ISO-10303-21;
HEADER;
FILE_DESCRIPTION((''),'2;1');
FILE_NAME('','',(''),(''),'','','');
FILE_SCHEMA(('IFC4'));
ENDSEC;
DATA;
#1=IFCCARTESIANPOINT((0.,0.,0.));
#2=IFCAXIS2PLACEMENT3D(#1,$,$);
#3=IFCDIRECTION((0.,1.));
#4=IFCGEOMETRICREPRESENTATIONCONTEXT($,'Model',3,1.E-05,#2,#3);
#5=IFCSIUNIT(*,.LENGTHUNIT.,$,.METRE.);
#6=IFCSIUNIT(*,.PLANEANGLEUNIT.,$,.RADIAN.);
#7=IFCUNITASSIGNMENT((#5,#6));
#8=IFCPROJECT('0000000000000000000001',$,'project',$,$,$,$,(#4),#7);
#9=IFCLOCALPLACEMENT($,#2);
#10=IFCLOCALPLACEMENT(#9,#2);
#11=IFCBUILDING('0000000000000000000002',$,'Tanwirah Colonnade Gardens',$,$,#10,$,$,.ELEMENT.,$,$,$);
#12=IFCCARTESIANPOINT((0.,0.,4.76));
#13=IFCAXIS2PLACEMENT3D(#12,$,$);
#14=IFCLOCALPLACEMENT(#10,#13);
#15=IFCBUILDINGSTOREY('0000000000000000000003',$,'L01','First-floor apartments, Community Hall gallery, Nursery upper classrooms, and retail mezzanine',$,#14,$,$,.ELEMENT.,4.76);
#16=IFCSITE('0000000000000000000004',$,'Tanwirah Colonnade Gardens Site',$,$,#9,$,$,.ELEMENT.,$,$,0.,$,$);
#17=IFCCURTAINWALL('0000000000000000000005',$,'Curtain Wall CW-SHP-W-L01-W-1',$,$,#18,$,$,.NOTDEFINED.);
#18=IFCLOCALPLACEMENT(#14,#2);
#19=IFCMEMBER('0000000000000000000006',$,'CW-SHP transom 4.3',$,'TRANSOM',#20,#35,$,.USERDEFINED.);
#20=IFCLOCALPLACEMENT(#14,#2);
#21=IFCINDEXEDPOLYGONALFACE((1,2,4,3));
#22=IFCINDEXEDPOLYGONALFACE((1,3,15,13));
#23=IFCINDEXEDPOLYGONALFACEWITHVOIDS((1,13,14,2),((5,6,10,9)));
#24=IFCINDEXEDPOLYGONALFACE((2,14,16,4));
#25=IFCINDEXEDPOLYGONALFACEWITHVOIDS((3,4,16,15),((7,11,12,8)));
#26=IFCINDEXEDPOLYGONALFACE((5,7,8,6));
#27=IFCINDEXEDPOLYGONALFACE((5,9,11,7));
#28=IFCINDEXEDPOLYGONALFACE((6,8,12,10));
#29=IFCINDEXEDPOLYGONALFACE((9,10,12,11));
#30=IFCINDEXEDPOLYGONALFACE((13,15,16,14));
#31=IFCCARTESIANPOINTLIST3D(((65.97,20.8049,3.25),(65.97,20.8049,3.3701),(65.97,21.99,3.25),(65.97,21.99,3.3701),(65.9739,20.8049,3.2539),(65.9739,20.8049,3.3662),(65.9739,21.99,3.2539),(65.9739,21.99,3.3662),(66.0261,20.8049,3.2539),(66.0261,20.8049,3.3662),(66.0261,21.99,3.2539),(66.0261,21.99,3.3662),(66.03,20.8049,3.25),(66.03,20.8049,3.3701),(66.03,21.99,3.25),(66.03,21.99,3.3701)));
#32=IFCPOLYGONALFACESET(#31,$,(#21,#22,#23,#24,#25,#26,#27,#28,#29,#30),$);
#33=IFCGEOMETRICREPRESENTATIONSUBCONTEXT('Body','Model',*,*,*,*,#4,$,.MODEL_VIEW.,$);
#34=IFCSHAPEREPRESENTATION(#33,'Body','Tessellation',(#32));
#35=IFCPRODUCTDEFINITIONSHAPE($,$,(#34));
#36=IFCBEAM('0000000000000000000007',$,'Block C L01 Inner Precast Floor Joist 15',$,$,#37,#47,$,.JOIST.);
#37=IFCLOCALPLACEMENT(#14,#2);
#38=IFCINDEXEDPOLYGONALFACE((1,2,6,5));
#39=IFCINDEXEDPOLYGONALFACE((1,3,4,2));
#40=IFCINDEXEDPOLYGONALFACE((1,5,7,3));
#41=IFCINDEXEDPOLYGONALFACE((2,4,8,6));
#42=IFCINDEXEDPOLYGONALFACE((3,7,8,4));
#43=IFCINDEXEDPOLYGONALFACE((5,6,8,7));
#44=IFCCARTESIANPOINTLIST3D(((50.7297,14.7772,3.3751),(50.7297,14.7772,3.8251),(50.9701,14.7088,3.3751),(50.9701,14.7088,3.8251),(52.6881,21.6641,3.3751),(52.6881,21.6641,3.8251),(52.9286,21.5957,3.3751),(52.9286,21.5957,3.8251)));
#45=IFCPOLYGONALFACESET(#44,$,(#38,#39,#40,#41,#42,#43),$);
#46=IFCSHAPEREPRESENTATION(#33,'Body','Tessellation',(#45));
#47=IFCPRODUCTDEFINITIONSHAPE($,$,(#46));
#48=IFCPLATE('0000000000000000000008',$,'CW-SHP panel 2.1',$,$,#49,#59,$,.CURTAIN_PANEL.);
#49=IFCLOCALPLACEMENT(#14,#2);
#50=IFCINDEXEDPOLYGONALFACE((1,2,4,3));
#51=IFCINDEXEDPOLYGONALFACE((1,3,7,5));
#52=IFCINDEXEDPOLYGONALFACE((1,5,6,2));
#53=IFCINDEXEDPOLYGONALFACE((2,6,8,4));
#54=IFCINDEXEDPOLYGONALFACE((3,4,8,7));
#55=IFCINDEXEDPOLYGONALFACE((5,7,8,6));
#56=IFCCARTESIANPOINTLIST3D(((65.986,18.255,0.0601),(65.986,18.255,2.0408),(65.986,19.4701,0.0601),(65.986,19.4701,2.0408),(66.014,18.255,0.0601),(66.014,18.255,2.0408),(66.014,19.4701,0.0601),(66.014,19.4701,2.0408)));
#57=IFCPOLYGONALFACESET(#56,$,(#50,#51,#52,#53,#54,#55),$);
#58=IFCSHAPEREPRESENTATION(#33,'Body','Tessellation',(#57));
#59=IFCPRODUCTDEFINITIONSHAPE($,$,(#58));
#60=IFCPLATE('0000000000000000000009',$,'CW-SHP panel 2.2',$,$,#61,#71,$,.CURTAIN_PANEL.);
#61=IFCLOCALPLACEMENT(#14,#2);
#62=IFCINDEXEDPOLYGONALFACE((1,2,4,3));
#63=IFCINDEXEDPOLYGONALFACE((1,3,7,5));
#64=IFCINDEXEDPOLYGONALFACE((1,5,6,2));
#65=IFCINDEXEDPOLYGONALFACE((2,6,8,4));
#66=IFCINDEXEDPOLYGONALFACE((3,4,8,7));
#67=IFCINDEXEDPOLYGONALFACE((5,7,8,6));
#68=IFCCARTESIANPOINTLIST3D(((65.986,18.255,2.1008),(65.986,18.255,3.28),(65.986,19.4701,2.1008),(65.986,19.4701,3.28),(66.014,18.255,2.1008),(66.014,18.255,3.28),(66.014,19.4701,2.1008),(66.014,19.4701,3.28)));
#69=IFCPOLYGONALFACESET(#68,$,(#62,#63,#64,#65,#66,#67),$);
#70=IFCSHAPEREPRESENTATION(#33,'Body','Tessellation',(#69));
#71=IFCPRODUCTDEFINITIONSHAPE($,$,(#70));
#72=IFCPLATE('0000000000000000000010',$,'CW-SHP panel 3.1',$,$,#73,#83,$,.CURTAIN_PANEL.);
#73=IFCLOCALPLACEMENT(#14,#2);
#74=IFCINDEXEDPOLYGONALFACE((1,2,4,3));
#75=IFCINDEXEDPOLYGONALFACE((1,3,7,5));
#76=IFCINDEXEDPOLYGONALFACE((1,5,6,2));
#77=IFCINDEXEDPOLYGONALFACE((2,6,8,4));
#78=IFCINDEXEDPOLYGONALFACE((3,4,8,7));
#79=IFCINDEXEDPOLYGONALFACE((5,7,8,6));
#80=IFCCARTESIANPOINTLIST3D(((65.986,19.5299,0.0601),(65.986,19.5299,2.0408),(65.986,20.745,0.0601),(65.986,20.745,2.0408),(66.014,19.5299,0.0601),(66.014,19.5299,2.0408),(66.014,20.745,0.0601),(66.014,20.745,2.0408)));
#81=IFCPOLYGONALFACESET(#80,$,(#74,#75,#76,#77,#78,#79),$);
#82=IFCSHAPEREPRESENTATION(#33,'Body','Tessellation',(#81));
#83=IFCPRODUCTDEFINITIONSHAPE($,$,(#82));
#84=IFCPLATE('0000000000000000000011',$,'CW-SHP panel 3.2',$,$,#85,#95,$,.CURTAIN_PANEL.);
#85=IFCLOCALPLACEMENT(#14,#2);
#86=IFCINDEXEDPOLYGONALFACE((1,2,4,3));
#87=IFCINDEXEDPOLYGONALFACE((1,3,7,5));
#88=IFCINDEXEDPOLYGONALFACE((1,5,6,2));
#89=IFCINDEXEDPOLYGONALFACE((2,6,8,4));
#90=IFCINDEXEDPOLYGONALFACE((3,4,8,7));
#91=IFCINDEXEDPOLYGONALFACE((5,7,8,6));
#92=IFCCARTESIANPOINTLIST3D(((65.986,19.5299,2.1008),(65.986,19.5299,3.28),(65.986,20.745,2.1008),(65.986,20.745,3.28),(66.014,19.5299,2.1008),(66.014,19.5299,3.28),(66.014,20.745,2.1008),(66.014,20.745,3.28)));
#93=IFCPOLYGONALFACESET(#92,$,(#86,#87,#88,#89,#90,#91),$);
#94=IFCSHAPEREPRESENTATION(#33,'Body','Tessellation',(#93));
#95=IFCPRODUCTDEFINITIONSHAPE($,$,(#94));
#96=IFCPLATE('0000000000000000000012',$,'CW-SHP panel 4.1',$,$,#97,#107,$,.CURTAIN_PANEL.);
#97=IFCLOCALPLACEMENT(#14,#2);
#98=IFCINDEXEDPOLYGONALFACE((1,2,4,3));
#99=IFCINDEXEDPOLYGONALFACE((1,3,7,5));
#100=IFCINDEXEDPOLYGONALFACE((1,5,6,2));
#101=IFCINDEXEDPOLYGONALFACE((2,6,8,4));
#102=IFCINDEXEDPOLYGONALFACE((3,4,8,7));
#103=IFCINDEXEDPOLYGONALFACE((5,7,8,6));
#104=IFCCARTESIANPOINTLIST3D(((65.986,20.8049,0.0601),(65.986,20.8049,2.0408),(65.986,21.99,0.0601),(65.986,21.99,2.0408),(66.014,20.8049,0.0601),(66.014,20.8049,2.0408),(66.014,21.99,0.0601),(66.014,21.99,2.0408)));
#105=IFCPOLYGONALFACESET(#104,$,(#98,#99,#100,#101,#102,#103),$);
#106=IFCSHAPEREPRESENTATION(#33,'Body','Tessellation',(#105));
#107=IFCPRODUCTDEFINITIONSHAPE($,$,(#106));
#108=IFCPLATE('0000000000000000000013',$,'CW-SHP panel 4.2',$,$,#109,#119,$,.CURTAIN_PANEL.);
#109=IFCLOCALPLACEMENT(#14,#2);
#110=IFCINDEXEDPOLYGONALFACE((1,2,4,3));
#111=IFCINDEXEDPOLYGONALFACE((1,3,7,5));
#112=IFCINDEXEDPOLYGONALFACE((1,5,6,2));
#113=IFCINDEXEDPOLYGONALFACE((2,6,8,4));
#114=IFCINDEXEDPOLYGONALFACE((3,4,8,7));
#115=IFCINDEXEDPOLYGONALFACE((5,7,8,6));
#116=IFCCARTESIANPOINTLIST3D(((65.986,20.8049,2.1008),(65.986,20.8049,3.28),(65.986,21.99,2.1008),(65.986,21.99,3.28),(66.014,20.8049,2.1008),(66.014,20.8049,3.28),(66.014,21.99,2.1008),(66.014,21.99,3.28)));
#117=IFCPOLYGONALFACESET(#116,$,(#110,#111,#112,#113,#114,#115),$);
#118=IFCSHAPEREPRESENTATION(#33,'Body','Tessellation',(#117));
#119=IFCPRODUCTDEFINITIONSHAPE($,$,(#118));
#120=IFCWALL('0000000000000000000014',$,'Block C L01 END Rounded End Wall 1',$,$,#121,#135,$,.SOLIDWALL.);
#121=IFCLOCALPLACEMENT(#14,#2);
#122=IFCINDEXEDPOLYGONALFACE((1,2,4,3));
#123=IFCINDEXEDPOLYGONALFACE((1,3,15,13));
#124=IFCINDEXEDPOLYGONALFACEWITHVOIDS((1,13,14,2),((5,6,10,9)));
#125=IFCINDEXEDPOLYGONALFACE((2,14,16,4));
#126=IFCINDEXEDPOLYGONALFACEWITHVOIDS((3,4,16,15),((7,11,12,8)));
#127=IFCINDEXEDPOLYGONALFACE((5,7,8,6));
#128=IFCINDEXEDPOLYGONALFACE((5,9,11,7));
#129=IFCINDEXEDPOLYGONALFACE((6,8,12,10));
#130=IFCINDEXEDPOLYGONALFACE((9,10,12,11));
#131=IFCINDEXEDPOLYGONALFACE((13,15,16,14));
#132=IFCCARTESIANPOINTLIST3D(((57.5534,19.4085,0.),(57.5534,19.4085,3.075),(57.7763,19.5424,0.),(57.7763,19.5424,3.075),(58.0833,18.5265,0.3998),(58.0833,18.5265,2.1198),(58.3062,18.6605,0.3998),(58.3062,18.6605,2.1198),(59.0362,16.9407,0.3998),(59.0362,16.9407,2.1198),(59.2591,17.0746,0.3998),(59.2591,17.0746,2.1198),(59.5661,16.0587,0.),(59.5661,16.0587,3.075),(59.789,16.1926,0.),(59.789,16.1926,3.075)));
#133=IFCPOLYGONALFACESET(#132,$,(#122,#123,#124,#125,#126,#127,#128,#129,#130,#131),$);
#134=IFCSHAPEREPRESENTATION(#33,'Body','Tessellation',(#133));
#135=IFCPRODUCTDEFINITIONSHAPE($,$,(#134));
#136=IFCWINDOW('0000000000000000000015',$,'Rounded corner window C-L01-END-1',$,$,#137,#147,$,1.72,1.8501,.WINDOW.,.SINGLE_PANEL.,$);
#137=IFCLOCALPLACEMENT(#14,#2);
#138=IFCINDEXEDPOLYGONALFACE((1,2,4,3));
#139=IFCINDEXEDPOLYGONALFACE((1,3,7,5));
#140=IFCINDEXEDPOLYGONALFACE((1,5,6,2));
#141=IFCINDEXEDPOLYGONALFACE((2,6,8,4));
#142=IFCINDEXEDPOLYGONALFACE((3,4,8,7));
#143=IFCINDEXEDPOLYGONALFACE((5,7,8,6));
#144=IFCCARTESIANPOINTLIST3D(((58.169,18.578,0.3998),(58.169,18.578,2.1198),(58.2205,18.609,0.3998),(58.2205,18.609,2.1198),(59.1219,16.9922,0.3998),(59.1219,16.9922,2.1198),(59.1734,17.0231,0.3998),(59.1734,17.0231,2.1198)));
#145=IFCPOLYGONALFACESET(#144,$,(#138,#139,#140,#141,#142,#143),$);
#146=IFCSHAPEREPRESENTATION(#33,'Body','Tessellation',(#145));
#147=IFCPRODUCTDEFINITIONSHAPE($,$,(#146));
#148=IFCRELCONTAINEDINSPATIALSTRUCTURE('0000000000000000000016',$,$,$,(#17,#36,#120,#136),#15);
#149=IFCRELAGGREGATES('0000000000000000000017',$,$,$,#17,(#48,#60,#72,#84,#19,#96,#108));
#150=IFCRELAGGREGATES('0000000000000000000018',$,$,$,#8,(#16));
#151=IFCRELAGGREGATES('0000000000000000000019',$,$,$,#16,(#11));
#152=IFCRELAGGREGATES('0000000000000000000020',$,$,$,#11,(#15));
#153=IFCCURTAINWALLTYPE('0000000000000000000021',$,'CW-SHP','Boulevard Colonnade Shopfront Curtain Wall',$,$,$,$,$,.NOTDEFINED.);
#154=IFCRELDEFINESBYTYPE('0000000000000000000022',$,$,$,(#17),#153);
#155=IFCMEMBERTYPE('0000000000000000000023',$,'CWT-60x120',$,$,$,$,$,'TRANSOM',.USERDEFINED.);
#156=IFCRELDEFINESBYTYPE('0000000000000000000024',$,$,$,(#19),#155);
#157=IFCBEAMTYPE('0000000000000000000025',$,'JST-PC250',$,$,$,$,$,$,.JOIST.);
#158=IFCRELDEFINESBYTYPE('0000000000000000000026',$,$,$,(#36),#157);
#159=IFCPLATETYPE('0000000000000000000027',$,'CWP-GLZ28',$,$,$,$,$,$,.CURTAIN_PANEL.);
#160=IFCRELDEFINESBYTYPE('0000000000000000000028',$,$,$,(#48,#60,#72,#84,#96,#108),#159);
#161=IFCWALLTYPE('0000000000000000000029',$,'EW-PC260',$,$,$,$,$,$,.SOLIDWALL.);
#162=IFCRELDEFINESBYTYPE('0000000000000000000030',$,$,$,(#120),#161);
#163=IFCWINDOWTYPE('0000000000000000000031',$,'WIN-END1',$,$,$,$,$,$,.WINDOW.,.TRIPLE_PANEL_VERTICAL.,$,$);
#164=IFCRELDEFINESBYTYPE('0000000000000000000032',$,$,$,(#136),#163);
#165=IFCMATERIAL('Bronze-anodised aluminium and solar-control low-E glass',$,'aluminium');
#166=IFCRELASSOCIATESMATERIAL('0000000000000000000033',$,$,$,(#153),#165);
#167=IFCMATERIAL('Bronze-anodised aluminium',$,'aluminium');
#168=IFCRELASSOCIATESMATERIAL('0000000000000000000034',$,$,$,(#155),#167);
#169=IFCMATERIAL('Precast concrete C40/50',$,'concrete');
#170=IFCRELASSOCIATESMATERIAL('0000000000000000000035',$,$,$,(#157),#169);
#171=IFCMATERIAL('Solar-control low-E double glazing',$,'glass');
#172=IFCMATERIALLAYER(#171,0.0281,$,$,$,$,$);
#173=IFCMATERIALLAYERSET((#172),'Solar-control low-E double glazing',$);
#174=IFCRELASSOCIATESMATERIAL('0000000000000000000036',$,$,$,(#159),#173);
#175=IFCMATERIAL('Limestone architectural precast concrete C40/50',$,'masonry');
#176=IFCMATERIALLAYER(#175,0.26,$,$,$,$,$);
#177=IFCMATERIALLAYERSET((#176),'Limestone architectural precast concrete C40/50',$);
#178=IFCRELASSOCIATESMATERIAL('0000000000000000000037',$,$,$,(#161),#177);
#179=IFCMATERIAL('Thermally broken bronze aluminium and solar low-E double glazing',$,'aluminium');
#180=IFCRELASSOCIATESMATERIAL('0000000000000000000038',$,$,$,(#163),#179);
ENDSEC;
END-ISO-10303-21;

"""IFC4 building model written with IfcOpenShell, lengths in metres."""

from ifc_helpers import new_model, si_unit, direction, frame, frame_2d, origin, origin_2d, place, context, subcontext, project, spatial, rectangle, hollow_rectangle, extrude, material, layer, layer_set, material_profile, profile_set, type_object, element, fill, aggregate, save


model = new_model("IFC4")

# Units and contexts
model_context = context("Model", 3, precision=1e-05, world=origin(), true_north=direction((0.0, 1.0)))
body_context = subcontext(model_context, "Body", "Model", "MODEL_VIEW")
ifc_project = project(units=[si_unit("LENGTHUNIT", "METRE"), si_unit("PLANEANGLEUNIT", "RADIAN")], contexts=[model_context])

# Site, building, storey
site_placement = place(None, origin())
site = spatial("IfcSite", under=ifc_project, at=site_placement, Name="Tanwirah Colonnade Gardens Site", CompositionType="ELEMENT", RefElevation=0.0)
building_placement = place(site_placement, origin())
building = spatial("IfcBuilding", under=site, at=building_placement, Name="Tanwirah Colonnade Gardens", CompositionType="ELEMENT")
storey_placement = place(building_placement, frame((0.0, 0.0, 4.76)))
storey = spatial("IfcBuildingStorey", under=building, at=storey_placement, Name="L01", Description="First-floor apartments, Community Hall gallery, Nursery upper classrooms, and retail mezzanine", CompositionType="ELEMENT", Elevation=4.76)

# Shared definitions
ifc_material_1 = material(Name="Precast concrete C40/50", Category="concrete")

# Curtain wall
ifc_material_2 = material(Name="Bronze-anodised aluminium and solar-control low-E glass", Category="aluminium")
curtain_wall_type = type_object("IfcCurtainWallType", Name="CW-SHP", Description="Boulevard Colonnade Shopfront Curtain Wall", PredefinedType="NOTDEFINED", material=ifc_material_2)
curtain_wall_1_placement = place(storey_placement, origin())
curtain_wall_1 = element("IfcCurtainWall", 1, at=curtain_wall_1_placement, inside=storey, type_object=curtain_wall_type, Name="Curtain Wall CW-SHP-W-L01-W-1", PredefinedType="NOTDEFINED")
ifc_material_3 = material(Name="Bronze-anodised aluminium", Category="aluminium")

# Member
ifc_material_profile_1 = material_profile(ifc_material_3, hollow_rectangle(XDim=0.0601, YDim=0.1201, WallThickness=0.0039, at=origin_2d()), Name="CW-TRN 60x120x4")
ifc_profile_set_1 = profile_set([ifc_material_profile_1], Name="Bronze-anodised aluminium")
member_type_1 = type_object("IfcMemberType", Name="CWT-60x120", ElementType="TRANSOM", PredefinedType="USERDEFINED", material=ifc_profile_set_1)
member_1_placement = place(storey_placement, frame((66.0, 20.8049, 3.3101), z_axis=(0.0, 1.0, 0.0), x_axis=(-1.0, 0.0, 0.0)))
member_1 = element("IfcMember", 2, at=member_1_placement, type_object=member_type_1, Name="CW-SHP transom 4.3", ObjectType="TRANSOM", PredefinedType="USERDEFINED", context=body_context, shape_type="SweptSolid", body=[
    extrude(hollow_rectangle(XDim=0.0601, YDim=0.1201, WallThickness=0.0039, at=origin_2d()), origin(), (0.0, 0.0, 1.0), 1.1851),
])

# Beam
ifc_material_profile_2 = material_profile(ifc_material_1, rectangle(XDim=0.25, YDim=0.45, at=origin_2d()), Name="PC-JST 250x450")
ifc_profile_set_2 = profile_set([ifc_material_profile_2], Name="Precast concrete C40/50")
beam_type = type_object("IfcBeamType", Name="JST-PC250", PredefinedType="JOIST", material=ifc_profile_set_2)
beam_placement = place(storey_placement, frame((52.8083, 21.6299, 3.6001), z_axis=(-0.273532, -0.961863, 0.0), x_axis=(0.961863, -0.273532, 0.0)))
element("IfcBeam", 3, at=beam_placement, inside=storey, type_object=beam_type, Name="Block C L01 Inner Precast Floor Joist 15", PredefinedType="JOIST", context=body_context, shape_type="SweptSolid", body=[
    extrude(rectangle(XDim=0.25, YDim=0.45, at=origin_2d()), origin(), (0.0, 0.0, 1.0), 7.1599),
])

# Plates
ifc_material_4 = material(Name="Solar-control low-E double glazing", Category="glass")
ifc_layer_1 = layer(ifc_material_4, 0.0281)
ifc_layer_set_1 = layer_set([ifc_layer_1], Name="Solar-control low-E double glazing")
plate_type = type_object("IfcPlateType", Name="CWP-GLZ28", PredefinedType="CURTAIN_PANEL", material=ifc_layer_set_1)
plate_1_placement = place(storey_placement, frame((66.0, 18.8625, 0.0601), z_axis=(0.0, 0.0, 1.0), x_axis=(0.0, 1.0, 0.0)))
plate_1 = element("IfcPlate", 4, at=plate_1_placement, type_object=plate_type, Name="CW-SHP panel 2.1", PredefinedType="CURTAIN_PANEL", context=body_context, shape_type="SweptSolid", body=[
    extrude(rectangle(XDim=1.2151, YDim=0.0281, at=origin_2d()), origin(), (0.0, 0.0, 1.0), 1.9807),
])
plate_2_placement = place(storey_placement, frame((66.0, 18.8625, 2.1008), z_axis=(0.0, 0.0, 1.0), x_axis=(0.0, 1.0, 0.0)))
plate_2 = element("IfcPlate", 5, at=plate_2_placement, type_object=plate_type, Name="CW-SHP panel 2.2", PredefinedType="CURTAIN_PANEL", context=body_context, shape_type="SweptSolid", body=[
    extrude(rectangle(XDim=1.2151, YDim=0.0281, at=origin_2d()), origin(), (0.0, 0.0, 1.0), 1.1792),
])
plate_3_placement = place(storey_placement, frame((66.0, 20.1375, 0.0601), z_axis=(0.0, 0.0, 1.0), x_axis=(0.0, 1.0, 0.0)))
plate_3 = element("IfcPlate", 6, at=plate_3_placement, type_object=plate_type, Name="CW-SHP panel 3.1", PredefinedType="CURTAIN_PANEL", context=body_context, shape_type="SweptSolid", body=[
    extrude(rectangle(XDim=1.2151, YDim=0.0281, at=origin_2d()), origin(), (0.0, 0.0, 1.0), 1.9807),
])
plate_4_placement = place(storey_placement, frame((66.0, 20.1375, 2.1008), z_axis=(0.0, 0.0, 1.0), x_axis=(0.0, 1.0, 0.0)))
plate_4 = element("IfcPlate", 7, at=plate_4_placement, type_object=plate_type, Name="CW-SHP panel 3.2", PredefinedType="CURTAIN_PANEL", context=body_context, shape_type="SweptSolid", body=[
    extrude(rectangle(XDim=1.2151, YDim=0.0281, at=origin_2d()), origin(), (0.0, 0.0, 1.0), 1.1792),
])
plate_5_placement = place(storey_placement, frame((66.0, 21.3975, 0.0601), z_axis=(0.0, 0.0, 1.0), x_axis=(0.0, 1.0, 0.0)))
plate_5 = element("IfcPlate", 8, at=plate_5_placement, type_object=plate_type, Name="CW-SHP panel 4.1", PredefinedType="CURTAIN_PANEL", context=body_context, shape_type="SweptSolid", body=[
    extrude(rectangle(XDim=1.1851, YDim=0.0281, at=origin_2d()), origin(), (0.0, 0.0, 1.0), 1.9807),
])
plate_6_placement = place(storey_placement, frame((66.0, 21.3975, 2.1008), z_axis=(0.0, 0.0, 1.0), x_axis=(0.0, 1.0, 0.0)))
plate_6 = element("IfcPlate", 9, at=plate_6_placement, type_object=plate_type, Name="CW-SHP panel 4.2", PredefinedType="CURTAIN_PANEL", context=body_context, shape_type="SweptSolid", body=[
    extrude(rectangle(XDim=1.1851, YDim=0.0281, at=origin_2d()), origin(), (0.0, 0.0, 1.0), 1.1792),
])
aggregate(curtain_wall_1, [plate_1, plate_2, plate_3, plate_4, member_1, plate_5, plate_6])

# Wall, opening, window
ifc_material_5 = material(Name="Limestone architectural precast concrete C40/50", Category="masonry")
ifc_layer_2 = layer(ifc_material_5, 0.26)
ifc_layer_set_2 = layer_set([ifc_layer_2], Name="Limestone architectural precast concrete C40/50")
wall_type = type_object("IfcWallType", Name="EW-PC260", PredefinedType="SOLIDWALL", material=ifc_layer_set_2)
wall_placement = place(storey_placement, frame((57.6648, 19.4756, 0.0), z_axis=(0.0, 0.0, 1.0), x_axis=(0.515019, -0.857179, 0.0)))
wall = element("IfcWall", 10, at=wall_placement, inside=storey, type_object=wall_type, Name="Block C L01 END Rounded End Wall 1", PredefinedType="SOLIDWALL", context=body_context, shape_type="SweptSolid", body=[
    extrude(rectangle(XDim=3.908, YDim=0.26, at=frame_2d((1.9541, 0.0))), origin(), (0.0, 0.0, 1.0), 3.075),
])
opening_placement = place(wall_placement, frame((1.0291, 0.0, 0.3999)))
opening = element("IfcOpeningElement", 11, at=opening_placement, cuts=wall, PredefinedType="OPENING", context=body_context, shape_type="SweptSolid", body=[
    extrude(rectangle(XDim=1.8501, YDim=1.72, at=frame_2d((0.925, 0.8599))), frame((0.0, 0.1399, 0.0), z_axis=(0.0, -1.0, 0.0), x_axis=(1.0, 0.0, 0.0)), (0.0, 0.0, 1.0), 0.28),
])
ifc_material_6 = material(Name="Thermally broken bronze aluminium and solar low-E double glazing", Category="aluminium")
window_type = type_object("IfcWindowType", Name="WIN-END1", PartitioningType="TRIPLE_PANEL_VERTICAL", PredefinedType="WINDOW", material=ifc_material_6)
window_placement = place(opening_placement, origin())
window = element("IfcWindow", 12, at=window_placement, inside=storey, type_object=window_type, Name="Rounded corner window C-L01-END-1", OverallHeight=1.72, OverallWidth=1.8501, PartitioningType="SINGLE_PANEL", PredefinedType="WINDOW", context=body_context, shape_type="SweptSolid", body=[
    extrude(rectangle(XDim=1.8501, YDim=1.72, at=frame_2d((0.925, 0.8599))), frame((0.0, 0.03, 0.0), z_axis=(0.0, -1.0, 0.0), x_axis=(1.0, 0.0, 0.0)), (0.0, 0.0, 1.0), 0.0601),
])
fill(opening, window)

save(model, "model.ifc")
